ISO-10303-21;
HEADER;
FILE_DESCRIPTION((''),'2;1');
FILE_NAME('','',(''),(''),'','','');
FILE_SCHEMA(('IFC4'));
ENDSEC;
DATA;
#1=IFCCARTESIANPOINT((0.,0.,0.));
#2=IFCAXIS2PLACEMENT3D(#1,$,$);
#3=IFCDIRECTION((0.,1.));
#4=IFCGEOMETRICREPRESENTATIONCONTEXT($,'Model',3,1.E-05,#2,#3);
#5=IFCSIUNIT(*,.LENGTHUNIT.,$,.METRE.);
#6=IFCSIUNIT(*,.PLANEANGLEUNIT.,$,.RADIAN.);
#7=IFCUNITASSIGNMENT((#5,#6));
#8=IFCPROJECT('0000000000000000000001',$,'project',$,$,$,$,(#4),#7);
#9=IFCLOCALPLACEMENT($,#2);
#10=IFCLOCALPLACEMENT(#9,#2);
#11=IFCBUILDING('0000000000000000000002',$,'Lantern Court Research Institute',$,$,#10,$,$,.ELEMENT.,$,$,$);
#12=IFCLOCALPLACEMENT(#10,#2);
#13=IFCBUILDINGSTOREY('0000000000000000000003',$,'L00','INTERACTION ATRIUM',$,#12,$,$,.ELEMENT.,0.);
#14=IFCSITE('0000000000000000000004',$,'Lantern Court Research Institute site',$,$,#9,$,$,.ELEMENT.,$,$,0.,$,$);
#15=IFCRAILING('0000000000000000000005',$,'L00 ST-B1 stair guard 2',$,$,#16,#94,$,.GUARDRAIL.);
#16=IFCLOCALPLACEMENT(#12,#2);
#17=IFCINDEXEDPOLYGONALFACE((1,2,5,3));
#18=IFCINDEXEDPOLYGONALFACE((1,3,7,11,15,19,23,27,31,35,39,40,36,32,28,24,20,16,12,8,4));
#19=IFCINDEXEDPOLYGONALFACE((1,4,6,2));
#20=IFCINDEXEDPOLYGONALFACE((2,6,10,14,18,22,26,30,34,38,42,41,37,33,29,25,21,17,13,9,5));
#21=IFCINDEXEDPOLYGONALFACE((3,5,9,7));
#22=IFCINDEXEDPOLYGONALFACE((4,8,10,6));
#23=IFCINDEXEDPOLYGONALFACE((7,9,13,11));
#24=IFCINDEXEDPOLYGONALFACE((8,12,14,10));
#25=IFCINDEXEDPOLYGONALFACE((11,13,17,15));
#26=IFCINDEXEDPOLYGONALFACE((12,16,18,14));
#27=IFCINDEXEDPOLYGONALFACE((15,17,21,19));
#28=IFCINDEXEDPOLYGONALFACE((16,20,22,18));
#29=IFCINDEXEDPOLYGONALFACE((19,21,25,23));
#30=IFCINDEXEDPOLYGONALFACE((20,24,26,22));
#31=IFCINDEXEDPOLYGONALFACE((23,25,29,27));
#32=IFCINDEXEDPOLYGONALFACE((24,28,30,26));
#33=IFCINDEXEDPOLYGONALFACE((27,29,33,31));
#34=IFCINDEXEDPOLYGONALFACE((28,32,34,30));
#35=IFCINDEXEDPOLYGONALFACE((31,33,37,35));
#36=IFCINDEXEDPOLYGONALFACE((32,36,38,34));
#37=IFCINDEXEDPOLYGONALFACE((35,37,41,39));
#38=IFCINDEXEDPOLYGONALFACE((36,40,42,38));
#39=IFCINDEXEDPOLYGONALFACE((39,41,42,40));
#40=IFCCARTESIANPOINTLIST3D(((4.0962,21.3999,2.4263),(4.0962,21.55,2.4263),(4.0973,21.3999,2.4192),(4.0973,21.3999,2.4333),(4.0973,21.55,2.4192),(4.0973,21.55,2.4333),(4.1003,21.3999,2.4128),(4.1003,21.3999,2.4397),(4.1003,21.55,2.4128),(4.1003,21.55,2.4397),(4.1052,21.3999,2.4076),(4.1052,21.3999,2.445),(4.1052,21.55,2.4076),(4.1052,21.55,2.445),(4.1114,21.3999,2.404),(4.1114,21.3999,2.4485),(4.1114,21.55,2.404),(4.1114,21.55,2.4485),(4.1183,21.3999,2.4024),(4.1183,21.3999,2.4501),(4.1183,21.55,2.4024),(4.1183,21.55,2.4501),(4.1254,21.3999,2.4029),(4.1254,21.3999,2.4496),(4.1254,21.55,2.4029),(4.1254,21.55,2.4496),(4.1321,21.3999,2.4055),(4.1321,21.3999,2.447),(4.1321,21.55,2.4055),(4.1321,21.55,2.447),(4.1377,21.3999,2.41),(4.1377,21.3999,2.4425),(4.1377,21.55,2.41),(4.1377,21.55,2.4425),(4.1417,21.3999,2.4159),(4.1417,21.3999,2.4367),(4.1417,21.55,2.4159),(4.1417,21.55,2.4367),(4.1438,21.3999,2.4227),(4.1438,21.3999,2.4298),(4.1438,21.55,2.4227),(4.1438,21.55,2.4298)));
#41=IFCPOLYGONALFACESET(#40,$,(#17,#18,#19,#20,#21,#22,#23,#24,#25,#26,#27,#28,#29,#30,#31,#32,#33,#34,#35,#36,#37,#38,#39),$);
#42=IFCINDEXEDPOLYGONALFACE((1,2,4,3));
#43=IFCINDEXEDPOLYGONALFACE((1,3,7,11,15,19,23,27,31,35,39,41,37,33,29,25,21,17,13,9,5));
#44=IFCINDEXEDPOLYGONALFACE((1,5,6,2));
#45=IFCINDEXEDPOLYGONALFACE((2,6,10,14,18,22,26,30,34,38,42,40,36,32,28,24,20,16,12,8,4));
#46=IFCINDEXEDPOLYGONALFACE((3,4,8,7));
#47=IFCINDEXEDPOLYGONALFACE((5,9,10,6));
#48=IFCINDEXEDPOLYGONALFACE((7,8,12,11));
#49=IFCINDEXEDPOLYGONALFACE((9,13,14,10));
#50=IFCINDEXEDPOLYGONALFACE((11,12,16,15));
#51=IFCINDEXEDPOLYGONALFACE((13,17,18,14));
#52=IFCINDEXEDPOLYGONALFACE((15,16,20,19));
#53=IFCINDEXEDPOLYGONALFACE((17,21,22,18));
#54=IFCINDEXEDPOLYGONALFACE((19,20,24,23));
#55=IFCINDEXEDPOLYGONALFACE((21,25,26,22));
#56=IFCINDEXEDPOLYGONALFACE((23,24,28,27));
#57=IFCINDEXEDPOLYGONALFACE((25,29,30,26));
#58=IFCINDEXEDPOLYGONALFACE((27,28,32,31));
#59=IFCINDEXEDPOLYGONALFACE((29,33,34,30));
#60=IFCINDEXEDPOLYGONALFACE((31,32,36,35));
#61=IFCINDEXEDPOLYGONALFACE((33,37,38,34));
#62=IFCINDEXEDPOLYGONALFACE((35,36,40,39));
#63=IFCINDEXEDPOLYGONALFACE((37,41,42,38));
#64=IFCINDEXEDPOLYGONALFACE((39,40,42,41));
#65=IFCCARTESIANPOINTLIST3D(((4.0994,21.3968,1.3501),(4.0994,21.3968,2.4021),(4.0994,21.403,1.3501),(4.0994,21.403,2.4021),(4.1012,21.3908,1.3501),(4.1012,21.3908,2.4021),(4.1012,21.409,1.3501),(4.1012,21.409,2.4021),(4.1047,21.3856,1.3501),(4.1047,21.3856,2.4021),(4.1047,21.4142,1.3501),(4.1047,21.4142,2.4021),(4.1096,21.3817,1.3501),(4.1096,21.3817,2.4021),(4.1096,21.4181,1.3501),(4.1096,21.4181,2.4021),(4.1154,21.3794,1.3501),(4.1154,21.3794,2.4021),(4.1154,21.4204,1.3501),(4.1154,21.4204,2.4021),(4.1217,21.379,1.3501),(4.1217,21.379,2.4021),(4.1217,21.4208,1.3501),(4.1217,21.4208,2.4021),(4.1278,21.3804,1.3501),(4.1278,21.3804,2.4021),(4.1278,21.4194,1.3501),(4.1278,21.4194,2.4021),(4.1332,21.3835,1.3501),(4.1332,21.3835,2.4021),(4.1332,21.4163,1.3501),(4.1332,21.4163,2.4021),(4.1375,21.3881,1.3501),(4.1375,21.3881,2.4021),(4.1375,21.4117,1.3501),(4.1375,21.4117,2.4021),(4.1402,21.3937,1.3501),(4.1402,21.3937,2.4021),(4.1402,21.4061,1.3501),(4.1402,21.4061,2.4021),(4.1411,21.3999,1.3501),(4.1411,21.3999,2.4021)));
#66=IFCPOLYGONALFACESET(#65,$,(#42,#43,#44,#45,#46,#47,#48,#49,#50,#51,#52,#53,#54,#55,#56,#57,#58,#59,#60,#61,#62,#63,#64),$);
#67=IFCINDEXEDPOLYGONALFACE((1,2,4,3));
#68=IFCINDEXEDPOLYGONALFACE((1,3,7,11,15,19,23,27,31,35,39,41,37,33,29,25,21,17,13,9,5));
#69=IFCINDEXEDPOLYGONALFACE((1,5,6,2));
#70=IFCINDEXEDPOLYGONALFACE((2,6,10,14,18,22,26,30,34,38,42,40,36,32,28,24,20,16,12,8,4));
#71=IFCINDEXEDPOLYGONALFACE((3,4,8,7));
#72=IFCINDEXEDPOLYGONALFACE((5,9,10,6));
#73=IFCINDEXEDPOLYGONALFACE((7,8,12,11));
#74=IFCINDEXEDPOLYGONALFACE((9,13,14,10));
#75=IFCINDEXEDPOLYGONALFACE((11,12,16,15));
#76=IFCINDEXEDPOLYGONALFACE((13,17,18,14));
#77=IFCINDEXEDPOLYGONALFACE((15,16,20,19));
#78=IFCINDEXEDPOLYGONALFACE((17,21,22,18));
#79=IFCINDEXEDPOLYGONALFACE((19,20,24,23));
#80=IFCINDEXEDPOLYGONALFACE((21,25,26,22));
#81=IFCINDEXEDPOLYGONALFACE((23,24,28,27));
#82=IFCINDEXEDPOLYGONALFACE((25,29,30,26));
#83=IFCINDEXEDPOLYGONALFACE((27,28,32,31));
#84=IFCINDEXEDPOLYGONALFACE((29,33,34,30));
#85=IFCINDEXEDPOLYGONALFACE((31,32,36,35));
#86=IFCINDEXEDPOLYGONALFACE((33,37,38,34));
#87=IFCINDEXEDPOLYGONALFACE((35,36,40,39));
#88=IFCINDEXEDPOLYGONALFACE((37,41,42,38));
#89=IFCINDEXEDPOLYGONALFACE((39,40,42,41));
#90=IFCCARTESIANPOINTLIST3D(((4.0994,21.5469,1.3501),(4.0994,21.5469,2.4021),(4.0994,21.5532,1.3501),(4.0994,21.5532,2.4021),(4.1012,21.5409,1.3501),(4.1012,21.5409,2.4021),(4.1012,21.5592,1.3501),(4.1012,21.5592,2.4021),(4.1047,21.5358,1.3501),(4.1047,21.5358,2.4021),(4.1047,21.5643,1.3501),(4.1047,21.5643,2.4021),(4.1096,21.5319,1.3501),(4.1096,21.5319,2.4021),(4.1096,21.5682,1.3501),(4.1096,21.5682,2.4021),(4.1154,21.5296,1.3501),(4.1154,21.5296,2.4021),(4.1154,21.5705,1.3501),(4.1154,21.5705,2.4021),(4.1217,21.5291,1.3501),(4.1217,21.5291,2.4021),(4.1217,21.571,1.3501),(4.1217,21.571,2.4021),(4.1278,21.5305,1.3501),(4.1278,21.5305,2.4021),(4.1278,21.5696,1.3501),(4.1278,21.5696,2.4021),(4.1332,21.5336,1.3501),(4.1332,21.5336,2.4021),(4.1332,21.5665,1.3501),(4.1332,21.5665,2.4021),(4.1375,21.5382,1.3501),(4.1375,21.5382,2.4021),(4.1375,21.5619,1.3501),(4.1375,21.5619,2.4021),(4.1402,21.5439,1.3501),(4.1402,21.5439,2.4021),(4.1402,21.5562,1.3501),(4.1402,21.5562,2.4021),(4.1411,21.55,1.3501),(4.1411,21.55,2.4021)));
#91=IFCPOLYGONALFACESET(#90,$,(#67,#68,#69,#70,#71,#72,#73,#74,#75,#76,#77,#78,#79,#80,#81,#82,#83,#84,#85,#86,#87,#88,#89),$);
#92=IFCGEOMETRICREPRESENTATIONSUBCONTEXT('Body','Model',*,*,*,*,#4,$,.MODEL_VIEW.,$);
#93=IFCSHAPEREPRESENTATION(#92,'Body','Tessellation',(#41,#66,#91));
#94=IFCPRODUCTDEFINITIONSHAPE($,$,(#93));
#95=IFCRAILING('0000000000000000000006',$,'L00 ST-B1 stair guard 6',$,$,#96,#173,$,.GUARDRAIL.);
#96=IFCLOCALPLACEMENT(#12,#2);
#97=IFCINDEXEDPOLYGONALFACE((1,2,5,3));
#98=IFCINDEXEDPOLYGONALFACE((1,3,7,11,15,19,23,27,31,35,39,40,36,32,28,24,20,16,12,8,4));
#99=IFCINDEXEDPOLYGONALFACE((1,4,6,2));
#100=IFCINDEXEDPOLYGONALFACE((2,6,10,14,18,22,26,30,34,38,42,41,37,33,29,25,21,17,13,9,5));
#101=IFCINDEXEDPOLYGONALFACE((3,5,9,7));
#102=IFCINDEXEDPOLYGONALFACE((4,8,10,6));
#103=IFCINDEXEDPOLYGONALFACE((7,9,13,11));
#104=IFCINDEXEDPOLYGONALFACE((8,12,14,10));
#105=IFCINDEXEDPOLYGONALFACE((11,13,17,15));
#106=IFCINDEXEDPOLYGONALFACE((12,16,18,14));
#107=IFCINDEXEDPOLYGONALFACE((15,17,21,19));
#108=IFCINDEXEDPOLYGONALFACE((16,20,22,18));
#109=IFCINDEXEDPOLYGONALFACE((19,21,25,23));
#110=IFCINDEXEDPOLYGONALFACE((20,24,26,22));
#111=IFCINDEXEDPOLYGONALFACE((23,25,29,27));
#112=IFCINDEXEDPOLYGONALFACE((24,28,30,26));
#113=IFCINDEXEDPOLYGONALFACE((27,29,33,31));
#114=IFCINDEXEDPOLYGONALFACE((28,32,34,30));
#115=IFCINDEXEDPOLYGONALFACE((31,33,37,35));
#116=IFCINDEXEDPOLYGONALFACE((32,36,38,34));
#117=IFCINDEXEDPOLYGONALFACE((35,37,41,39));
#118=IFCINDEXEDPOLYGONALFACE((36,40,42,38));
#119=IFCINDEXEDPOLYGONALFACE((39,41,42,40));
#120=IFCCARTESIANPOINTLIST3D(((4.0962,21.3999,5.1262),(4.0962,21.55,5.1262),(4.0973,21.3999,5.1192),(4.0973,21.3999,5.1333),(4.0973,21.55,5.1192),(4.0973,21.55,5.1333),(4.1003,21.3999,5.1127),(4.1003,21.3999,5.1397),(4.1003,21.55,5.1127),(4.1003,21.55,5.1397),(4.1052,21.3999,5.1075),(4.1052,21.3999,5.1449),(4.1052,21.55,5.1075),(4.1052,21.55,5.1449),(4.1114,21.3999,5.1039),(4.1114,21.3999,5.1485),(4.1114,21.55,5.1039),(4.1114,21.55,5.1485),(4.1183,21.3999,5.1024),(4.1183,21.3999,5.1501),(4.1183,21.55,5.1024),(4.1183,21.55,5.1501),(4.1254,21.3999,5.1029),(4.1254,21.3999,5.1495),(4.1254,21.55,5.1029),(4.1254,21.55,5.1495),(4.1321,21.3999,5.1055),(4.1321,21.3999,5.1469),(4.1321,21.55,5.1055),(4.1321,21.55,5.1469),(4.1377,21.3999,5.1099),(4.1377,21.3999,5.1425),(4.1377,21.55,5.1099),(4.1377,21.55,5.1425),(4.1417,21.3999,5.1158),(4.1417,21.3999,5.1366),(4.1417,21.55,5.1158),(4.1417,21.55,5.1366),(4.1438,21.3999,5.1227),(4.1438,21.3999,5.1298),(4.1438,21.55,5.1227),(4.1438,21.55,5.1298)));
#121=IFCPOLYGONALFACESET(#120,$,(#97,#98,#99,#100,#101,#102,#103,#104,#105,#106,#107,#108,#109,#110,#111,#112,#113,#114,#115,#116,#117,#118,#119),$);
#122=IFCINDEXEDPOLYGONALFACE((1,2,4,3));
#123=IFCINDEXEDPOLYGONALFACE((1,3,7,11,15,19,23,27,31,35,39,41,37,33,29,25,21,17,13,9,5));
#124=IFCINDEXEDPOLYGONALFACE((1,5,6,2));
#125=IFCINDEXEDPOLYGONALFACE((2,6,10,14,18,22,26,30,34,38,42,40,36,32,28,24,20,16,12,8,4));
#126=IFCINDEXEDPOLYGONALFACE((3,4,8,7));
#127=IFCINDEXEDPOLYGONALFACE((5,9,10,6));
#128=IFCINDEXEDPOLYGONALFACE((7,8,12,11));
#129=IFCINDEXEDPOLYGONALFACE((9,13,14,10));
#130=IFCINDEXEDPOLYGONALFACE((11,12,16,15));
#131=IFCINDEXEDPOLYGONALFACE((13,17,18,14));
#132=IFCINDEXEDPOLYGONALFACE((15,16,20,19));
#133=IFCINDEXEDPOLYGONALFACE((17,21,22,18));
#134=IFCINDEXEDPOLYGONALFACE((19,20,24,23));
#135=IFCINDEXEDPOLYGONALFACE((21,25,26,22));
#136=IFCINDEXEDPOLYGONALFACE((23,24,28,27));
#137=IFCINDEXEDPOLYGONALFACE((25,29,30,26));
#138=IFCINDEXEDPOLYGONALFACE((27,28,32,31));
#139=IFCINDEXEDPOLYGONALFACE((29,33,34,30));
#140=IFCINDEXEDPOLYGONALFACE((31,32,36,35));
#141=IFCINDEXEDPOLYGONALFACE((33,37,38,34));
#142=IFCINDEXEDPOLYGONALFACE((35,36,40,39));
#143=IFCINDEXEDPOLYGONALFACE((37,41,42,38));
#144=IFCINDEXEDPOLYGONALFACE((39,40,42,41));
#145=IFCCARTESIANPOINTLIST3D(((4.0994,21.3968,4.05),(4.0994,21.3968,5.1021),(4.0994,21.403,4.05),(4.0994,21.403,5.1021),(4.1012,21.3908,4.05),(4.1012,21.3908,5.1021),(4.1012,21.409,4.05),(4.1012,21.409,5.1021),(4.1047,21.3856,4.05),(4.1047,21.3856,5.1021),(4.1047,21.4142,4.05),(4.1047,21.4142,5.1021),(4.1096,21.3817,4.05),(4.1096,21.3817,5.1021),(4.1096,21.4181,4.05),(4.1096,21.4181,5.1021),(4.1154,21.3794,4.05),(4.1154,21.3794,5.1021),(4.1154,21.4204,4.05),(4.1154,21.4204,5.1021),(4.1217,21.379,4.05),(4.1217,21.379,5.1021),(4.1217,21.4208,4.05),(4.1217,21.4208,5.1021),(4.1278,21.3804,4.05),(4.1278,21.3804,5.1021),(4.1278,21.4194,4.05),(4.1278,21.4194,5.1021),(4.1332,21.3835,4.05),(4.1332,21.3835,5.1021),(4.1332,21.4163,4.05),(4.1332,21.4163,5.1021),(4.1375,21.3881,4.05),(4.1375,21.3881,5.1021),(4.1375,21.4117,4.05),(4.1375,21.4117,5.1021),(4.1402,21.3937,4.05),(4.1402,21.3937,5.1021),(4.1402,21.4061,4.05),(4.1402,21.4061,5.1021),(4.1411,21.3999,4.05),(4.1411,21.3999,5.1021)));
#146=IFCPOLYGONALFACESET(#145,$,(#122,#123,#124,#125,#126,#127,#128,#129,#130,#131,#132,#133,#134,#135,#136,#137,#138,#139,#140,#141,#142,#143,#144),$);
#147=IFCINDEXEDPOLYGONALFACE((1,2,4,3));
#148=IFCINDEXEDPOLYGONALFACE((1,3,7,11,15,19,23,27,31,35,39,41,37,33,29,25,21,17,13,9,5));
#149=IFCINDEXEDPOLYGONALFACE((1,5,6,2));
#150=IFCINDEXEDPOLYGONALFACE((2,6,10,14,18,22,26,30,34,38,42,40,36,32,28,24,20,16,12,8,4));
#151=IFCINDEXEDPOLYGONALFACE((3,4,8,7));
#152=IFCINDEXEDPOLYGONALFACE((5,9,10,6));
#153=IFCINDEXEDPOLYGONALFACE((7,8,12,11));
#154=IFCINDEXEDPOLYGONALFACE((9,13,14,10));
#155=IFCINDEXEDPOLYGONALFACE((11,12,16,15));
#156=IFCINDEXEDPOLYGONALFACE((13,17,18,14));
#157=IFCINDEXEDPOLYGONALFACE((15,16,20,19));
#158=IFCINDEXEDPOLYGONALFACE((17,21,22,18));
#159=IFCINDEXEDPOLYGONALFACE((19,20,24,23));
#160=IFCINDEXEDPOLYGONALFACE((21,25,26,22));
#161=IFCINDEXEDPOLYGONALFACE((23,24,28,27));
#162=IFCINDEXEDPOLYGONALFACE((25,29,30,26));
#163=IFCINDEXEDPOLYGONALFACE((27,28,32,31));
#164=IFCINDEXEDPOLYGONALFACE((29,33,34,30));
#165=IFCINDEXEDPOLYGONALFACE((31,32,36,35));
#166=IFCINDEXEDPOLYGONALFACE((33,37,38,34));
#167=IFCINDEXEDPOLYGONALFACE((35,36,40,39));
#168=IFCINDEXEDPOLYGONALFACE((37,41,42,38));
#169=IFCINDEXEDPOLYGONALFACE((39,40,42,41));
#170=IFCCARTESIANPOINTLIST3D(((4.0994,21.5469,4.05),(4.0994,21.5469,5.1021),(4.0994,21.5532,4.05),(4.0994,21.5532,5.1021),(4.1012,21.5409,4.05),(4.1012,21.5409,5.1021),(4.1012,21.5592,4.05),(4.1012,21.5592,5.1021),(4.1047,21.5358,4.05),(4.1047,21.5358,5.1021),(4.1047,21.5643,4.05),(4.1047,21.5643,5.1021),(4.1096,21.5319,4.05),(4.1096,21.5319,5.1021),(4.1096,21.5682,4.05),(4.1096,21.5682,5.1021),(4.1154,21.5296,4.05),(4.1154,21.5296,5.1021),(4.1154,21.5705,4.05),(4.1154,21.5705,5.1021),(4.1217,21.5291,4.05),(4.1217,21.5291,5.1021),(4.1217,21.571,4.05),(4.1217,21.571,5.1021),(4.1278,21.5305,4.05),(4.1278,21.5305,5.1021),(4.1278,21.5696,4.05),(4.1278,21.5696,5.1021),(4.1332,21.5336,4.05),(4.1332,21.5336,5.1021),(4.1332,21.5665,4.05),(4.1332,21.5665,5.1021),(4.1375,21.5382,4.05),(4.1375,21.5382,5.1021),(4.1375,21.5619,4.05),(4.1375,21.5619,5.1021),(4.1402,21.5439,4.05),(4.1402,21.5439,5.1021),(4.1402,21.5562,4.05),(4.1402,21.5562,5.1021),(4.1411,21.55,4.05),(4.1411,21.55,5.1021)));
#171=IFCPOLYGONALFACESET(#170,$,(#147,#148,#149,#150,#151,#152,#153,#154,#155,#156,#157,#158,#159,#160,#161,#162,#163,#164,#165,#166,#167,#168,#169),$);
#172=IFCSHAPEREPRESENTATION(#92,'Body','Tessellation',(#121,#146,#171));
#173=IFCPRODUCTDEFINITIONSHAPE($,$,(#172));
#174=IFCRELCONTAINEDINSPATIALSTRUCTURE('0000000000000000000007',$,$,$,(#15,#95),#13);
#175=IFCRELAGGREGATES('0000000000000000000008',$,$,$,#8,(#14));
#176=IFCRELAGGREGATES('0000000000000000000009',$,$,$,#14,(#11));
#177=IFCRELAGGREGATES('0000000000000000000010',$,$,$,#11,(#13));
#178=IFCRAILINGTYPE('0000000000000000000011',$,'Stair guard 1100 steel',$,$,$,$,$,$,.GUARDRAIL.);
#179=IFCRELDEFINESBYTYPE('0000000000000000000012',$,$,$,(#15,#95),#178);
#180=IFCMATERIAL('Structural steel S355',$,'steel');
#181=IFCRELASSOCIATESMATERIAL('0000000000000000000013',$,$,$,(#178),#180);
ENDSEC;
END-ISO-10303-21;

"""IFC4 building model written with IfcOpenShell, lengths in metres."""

from ifc_helpers import new_model, si_unit, direction, frame, origin, origin_2d, place, context, subcontext, project, spatial, circle, extrude, material, type_object, element, save


model = new_model("IFC4")

# Units and contexts
model_context = context("Model", 3, precision=1e-05, world=origin(), true_north=direction((0.0, 1.0)))
body_context = subcontext(model_context, "Body", "Model", "MODEL_VIEW")
ifc_project = project(units=[si_unit("LENGTHUNIT", "METRE"), si_unit("PLANEANGLEUNIT", "RADIAN")], contexts=[model_context])

# Site, building, storey
site_placement = place(None, origin())
site = spatial("IfcSite", under=ifc_project, at=site_placement, Name="Lantern Court Research Institute site", CompositionType="ELEMENT", RefElevation=0.0)
building_placement = place(site_placement, origin())
building = spatial("IfcBuilding", under=site, at=building_placement, Name="Lantern Court Research Institute", CompositionType="ELEMENT")
storey_placement = place(building_placement, origin())
storey = spatial("IfcBuildingStorey", under=building, at=storey_placement, Name="L00", Description="INTERACTION ATRIUM", CompositionType="ELEMENT", Elevation=0.0)

# Railings
ifc_material_1 = material(Name="Structural steel S355", Category="steel")
railing_type_1 = type_object("IfcRailingType", Name="Stair guard 1100 steel", PredefinedType="GUARDRAIL", material=ifc_material_1)
for number, where, name in (
    (1, (4.1201, 21.3999, 1.3501), "L00 ST-B1 stair guard 2"),
    (2, (4.1201, 21.3999, 4.05), "L00 ST-B1 stair guard 6"),
):
    element("IfcRailing", number, at=place(storey_placement, frame(where)), inside=storey, type_object=railing_type_1, Name=name, PredefinedType="GUARDRAIL", context=body_context, shape_type="SweptSolid", body=[
        extrude(circle(Radius=0.0239, at=origin_2d()), frame((0.0, 0.0, 1.0762), z_axis=(0.0, 1.0, 0.0), x_axis=(-1.0, 0.0, 0.0)), (0.0, 0.0, 1.0), 0.1501),
        extrude(circle(Radius=0.021, at=origin_2d()), origin(), (0.0, 0.0, 1.0), 1.052),
        extrude(circle(Radius=0.021, at=origin_2d()), frame((0.0, 0.1501, 0.0)), (0.0, 0.0, 1.0), 1.052),
    ])

save(model, "model.ifc")
